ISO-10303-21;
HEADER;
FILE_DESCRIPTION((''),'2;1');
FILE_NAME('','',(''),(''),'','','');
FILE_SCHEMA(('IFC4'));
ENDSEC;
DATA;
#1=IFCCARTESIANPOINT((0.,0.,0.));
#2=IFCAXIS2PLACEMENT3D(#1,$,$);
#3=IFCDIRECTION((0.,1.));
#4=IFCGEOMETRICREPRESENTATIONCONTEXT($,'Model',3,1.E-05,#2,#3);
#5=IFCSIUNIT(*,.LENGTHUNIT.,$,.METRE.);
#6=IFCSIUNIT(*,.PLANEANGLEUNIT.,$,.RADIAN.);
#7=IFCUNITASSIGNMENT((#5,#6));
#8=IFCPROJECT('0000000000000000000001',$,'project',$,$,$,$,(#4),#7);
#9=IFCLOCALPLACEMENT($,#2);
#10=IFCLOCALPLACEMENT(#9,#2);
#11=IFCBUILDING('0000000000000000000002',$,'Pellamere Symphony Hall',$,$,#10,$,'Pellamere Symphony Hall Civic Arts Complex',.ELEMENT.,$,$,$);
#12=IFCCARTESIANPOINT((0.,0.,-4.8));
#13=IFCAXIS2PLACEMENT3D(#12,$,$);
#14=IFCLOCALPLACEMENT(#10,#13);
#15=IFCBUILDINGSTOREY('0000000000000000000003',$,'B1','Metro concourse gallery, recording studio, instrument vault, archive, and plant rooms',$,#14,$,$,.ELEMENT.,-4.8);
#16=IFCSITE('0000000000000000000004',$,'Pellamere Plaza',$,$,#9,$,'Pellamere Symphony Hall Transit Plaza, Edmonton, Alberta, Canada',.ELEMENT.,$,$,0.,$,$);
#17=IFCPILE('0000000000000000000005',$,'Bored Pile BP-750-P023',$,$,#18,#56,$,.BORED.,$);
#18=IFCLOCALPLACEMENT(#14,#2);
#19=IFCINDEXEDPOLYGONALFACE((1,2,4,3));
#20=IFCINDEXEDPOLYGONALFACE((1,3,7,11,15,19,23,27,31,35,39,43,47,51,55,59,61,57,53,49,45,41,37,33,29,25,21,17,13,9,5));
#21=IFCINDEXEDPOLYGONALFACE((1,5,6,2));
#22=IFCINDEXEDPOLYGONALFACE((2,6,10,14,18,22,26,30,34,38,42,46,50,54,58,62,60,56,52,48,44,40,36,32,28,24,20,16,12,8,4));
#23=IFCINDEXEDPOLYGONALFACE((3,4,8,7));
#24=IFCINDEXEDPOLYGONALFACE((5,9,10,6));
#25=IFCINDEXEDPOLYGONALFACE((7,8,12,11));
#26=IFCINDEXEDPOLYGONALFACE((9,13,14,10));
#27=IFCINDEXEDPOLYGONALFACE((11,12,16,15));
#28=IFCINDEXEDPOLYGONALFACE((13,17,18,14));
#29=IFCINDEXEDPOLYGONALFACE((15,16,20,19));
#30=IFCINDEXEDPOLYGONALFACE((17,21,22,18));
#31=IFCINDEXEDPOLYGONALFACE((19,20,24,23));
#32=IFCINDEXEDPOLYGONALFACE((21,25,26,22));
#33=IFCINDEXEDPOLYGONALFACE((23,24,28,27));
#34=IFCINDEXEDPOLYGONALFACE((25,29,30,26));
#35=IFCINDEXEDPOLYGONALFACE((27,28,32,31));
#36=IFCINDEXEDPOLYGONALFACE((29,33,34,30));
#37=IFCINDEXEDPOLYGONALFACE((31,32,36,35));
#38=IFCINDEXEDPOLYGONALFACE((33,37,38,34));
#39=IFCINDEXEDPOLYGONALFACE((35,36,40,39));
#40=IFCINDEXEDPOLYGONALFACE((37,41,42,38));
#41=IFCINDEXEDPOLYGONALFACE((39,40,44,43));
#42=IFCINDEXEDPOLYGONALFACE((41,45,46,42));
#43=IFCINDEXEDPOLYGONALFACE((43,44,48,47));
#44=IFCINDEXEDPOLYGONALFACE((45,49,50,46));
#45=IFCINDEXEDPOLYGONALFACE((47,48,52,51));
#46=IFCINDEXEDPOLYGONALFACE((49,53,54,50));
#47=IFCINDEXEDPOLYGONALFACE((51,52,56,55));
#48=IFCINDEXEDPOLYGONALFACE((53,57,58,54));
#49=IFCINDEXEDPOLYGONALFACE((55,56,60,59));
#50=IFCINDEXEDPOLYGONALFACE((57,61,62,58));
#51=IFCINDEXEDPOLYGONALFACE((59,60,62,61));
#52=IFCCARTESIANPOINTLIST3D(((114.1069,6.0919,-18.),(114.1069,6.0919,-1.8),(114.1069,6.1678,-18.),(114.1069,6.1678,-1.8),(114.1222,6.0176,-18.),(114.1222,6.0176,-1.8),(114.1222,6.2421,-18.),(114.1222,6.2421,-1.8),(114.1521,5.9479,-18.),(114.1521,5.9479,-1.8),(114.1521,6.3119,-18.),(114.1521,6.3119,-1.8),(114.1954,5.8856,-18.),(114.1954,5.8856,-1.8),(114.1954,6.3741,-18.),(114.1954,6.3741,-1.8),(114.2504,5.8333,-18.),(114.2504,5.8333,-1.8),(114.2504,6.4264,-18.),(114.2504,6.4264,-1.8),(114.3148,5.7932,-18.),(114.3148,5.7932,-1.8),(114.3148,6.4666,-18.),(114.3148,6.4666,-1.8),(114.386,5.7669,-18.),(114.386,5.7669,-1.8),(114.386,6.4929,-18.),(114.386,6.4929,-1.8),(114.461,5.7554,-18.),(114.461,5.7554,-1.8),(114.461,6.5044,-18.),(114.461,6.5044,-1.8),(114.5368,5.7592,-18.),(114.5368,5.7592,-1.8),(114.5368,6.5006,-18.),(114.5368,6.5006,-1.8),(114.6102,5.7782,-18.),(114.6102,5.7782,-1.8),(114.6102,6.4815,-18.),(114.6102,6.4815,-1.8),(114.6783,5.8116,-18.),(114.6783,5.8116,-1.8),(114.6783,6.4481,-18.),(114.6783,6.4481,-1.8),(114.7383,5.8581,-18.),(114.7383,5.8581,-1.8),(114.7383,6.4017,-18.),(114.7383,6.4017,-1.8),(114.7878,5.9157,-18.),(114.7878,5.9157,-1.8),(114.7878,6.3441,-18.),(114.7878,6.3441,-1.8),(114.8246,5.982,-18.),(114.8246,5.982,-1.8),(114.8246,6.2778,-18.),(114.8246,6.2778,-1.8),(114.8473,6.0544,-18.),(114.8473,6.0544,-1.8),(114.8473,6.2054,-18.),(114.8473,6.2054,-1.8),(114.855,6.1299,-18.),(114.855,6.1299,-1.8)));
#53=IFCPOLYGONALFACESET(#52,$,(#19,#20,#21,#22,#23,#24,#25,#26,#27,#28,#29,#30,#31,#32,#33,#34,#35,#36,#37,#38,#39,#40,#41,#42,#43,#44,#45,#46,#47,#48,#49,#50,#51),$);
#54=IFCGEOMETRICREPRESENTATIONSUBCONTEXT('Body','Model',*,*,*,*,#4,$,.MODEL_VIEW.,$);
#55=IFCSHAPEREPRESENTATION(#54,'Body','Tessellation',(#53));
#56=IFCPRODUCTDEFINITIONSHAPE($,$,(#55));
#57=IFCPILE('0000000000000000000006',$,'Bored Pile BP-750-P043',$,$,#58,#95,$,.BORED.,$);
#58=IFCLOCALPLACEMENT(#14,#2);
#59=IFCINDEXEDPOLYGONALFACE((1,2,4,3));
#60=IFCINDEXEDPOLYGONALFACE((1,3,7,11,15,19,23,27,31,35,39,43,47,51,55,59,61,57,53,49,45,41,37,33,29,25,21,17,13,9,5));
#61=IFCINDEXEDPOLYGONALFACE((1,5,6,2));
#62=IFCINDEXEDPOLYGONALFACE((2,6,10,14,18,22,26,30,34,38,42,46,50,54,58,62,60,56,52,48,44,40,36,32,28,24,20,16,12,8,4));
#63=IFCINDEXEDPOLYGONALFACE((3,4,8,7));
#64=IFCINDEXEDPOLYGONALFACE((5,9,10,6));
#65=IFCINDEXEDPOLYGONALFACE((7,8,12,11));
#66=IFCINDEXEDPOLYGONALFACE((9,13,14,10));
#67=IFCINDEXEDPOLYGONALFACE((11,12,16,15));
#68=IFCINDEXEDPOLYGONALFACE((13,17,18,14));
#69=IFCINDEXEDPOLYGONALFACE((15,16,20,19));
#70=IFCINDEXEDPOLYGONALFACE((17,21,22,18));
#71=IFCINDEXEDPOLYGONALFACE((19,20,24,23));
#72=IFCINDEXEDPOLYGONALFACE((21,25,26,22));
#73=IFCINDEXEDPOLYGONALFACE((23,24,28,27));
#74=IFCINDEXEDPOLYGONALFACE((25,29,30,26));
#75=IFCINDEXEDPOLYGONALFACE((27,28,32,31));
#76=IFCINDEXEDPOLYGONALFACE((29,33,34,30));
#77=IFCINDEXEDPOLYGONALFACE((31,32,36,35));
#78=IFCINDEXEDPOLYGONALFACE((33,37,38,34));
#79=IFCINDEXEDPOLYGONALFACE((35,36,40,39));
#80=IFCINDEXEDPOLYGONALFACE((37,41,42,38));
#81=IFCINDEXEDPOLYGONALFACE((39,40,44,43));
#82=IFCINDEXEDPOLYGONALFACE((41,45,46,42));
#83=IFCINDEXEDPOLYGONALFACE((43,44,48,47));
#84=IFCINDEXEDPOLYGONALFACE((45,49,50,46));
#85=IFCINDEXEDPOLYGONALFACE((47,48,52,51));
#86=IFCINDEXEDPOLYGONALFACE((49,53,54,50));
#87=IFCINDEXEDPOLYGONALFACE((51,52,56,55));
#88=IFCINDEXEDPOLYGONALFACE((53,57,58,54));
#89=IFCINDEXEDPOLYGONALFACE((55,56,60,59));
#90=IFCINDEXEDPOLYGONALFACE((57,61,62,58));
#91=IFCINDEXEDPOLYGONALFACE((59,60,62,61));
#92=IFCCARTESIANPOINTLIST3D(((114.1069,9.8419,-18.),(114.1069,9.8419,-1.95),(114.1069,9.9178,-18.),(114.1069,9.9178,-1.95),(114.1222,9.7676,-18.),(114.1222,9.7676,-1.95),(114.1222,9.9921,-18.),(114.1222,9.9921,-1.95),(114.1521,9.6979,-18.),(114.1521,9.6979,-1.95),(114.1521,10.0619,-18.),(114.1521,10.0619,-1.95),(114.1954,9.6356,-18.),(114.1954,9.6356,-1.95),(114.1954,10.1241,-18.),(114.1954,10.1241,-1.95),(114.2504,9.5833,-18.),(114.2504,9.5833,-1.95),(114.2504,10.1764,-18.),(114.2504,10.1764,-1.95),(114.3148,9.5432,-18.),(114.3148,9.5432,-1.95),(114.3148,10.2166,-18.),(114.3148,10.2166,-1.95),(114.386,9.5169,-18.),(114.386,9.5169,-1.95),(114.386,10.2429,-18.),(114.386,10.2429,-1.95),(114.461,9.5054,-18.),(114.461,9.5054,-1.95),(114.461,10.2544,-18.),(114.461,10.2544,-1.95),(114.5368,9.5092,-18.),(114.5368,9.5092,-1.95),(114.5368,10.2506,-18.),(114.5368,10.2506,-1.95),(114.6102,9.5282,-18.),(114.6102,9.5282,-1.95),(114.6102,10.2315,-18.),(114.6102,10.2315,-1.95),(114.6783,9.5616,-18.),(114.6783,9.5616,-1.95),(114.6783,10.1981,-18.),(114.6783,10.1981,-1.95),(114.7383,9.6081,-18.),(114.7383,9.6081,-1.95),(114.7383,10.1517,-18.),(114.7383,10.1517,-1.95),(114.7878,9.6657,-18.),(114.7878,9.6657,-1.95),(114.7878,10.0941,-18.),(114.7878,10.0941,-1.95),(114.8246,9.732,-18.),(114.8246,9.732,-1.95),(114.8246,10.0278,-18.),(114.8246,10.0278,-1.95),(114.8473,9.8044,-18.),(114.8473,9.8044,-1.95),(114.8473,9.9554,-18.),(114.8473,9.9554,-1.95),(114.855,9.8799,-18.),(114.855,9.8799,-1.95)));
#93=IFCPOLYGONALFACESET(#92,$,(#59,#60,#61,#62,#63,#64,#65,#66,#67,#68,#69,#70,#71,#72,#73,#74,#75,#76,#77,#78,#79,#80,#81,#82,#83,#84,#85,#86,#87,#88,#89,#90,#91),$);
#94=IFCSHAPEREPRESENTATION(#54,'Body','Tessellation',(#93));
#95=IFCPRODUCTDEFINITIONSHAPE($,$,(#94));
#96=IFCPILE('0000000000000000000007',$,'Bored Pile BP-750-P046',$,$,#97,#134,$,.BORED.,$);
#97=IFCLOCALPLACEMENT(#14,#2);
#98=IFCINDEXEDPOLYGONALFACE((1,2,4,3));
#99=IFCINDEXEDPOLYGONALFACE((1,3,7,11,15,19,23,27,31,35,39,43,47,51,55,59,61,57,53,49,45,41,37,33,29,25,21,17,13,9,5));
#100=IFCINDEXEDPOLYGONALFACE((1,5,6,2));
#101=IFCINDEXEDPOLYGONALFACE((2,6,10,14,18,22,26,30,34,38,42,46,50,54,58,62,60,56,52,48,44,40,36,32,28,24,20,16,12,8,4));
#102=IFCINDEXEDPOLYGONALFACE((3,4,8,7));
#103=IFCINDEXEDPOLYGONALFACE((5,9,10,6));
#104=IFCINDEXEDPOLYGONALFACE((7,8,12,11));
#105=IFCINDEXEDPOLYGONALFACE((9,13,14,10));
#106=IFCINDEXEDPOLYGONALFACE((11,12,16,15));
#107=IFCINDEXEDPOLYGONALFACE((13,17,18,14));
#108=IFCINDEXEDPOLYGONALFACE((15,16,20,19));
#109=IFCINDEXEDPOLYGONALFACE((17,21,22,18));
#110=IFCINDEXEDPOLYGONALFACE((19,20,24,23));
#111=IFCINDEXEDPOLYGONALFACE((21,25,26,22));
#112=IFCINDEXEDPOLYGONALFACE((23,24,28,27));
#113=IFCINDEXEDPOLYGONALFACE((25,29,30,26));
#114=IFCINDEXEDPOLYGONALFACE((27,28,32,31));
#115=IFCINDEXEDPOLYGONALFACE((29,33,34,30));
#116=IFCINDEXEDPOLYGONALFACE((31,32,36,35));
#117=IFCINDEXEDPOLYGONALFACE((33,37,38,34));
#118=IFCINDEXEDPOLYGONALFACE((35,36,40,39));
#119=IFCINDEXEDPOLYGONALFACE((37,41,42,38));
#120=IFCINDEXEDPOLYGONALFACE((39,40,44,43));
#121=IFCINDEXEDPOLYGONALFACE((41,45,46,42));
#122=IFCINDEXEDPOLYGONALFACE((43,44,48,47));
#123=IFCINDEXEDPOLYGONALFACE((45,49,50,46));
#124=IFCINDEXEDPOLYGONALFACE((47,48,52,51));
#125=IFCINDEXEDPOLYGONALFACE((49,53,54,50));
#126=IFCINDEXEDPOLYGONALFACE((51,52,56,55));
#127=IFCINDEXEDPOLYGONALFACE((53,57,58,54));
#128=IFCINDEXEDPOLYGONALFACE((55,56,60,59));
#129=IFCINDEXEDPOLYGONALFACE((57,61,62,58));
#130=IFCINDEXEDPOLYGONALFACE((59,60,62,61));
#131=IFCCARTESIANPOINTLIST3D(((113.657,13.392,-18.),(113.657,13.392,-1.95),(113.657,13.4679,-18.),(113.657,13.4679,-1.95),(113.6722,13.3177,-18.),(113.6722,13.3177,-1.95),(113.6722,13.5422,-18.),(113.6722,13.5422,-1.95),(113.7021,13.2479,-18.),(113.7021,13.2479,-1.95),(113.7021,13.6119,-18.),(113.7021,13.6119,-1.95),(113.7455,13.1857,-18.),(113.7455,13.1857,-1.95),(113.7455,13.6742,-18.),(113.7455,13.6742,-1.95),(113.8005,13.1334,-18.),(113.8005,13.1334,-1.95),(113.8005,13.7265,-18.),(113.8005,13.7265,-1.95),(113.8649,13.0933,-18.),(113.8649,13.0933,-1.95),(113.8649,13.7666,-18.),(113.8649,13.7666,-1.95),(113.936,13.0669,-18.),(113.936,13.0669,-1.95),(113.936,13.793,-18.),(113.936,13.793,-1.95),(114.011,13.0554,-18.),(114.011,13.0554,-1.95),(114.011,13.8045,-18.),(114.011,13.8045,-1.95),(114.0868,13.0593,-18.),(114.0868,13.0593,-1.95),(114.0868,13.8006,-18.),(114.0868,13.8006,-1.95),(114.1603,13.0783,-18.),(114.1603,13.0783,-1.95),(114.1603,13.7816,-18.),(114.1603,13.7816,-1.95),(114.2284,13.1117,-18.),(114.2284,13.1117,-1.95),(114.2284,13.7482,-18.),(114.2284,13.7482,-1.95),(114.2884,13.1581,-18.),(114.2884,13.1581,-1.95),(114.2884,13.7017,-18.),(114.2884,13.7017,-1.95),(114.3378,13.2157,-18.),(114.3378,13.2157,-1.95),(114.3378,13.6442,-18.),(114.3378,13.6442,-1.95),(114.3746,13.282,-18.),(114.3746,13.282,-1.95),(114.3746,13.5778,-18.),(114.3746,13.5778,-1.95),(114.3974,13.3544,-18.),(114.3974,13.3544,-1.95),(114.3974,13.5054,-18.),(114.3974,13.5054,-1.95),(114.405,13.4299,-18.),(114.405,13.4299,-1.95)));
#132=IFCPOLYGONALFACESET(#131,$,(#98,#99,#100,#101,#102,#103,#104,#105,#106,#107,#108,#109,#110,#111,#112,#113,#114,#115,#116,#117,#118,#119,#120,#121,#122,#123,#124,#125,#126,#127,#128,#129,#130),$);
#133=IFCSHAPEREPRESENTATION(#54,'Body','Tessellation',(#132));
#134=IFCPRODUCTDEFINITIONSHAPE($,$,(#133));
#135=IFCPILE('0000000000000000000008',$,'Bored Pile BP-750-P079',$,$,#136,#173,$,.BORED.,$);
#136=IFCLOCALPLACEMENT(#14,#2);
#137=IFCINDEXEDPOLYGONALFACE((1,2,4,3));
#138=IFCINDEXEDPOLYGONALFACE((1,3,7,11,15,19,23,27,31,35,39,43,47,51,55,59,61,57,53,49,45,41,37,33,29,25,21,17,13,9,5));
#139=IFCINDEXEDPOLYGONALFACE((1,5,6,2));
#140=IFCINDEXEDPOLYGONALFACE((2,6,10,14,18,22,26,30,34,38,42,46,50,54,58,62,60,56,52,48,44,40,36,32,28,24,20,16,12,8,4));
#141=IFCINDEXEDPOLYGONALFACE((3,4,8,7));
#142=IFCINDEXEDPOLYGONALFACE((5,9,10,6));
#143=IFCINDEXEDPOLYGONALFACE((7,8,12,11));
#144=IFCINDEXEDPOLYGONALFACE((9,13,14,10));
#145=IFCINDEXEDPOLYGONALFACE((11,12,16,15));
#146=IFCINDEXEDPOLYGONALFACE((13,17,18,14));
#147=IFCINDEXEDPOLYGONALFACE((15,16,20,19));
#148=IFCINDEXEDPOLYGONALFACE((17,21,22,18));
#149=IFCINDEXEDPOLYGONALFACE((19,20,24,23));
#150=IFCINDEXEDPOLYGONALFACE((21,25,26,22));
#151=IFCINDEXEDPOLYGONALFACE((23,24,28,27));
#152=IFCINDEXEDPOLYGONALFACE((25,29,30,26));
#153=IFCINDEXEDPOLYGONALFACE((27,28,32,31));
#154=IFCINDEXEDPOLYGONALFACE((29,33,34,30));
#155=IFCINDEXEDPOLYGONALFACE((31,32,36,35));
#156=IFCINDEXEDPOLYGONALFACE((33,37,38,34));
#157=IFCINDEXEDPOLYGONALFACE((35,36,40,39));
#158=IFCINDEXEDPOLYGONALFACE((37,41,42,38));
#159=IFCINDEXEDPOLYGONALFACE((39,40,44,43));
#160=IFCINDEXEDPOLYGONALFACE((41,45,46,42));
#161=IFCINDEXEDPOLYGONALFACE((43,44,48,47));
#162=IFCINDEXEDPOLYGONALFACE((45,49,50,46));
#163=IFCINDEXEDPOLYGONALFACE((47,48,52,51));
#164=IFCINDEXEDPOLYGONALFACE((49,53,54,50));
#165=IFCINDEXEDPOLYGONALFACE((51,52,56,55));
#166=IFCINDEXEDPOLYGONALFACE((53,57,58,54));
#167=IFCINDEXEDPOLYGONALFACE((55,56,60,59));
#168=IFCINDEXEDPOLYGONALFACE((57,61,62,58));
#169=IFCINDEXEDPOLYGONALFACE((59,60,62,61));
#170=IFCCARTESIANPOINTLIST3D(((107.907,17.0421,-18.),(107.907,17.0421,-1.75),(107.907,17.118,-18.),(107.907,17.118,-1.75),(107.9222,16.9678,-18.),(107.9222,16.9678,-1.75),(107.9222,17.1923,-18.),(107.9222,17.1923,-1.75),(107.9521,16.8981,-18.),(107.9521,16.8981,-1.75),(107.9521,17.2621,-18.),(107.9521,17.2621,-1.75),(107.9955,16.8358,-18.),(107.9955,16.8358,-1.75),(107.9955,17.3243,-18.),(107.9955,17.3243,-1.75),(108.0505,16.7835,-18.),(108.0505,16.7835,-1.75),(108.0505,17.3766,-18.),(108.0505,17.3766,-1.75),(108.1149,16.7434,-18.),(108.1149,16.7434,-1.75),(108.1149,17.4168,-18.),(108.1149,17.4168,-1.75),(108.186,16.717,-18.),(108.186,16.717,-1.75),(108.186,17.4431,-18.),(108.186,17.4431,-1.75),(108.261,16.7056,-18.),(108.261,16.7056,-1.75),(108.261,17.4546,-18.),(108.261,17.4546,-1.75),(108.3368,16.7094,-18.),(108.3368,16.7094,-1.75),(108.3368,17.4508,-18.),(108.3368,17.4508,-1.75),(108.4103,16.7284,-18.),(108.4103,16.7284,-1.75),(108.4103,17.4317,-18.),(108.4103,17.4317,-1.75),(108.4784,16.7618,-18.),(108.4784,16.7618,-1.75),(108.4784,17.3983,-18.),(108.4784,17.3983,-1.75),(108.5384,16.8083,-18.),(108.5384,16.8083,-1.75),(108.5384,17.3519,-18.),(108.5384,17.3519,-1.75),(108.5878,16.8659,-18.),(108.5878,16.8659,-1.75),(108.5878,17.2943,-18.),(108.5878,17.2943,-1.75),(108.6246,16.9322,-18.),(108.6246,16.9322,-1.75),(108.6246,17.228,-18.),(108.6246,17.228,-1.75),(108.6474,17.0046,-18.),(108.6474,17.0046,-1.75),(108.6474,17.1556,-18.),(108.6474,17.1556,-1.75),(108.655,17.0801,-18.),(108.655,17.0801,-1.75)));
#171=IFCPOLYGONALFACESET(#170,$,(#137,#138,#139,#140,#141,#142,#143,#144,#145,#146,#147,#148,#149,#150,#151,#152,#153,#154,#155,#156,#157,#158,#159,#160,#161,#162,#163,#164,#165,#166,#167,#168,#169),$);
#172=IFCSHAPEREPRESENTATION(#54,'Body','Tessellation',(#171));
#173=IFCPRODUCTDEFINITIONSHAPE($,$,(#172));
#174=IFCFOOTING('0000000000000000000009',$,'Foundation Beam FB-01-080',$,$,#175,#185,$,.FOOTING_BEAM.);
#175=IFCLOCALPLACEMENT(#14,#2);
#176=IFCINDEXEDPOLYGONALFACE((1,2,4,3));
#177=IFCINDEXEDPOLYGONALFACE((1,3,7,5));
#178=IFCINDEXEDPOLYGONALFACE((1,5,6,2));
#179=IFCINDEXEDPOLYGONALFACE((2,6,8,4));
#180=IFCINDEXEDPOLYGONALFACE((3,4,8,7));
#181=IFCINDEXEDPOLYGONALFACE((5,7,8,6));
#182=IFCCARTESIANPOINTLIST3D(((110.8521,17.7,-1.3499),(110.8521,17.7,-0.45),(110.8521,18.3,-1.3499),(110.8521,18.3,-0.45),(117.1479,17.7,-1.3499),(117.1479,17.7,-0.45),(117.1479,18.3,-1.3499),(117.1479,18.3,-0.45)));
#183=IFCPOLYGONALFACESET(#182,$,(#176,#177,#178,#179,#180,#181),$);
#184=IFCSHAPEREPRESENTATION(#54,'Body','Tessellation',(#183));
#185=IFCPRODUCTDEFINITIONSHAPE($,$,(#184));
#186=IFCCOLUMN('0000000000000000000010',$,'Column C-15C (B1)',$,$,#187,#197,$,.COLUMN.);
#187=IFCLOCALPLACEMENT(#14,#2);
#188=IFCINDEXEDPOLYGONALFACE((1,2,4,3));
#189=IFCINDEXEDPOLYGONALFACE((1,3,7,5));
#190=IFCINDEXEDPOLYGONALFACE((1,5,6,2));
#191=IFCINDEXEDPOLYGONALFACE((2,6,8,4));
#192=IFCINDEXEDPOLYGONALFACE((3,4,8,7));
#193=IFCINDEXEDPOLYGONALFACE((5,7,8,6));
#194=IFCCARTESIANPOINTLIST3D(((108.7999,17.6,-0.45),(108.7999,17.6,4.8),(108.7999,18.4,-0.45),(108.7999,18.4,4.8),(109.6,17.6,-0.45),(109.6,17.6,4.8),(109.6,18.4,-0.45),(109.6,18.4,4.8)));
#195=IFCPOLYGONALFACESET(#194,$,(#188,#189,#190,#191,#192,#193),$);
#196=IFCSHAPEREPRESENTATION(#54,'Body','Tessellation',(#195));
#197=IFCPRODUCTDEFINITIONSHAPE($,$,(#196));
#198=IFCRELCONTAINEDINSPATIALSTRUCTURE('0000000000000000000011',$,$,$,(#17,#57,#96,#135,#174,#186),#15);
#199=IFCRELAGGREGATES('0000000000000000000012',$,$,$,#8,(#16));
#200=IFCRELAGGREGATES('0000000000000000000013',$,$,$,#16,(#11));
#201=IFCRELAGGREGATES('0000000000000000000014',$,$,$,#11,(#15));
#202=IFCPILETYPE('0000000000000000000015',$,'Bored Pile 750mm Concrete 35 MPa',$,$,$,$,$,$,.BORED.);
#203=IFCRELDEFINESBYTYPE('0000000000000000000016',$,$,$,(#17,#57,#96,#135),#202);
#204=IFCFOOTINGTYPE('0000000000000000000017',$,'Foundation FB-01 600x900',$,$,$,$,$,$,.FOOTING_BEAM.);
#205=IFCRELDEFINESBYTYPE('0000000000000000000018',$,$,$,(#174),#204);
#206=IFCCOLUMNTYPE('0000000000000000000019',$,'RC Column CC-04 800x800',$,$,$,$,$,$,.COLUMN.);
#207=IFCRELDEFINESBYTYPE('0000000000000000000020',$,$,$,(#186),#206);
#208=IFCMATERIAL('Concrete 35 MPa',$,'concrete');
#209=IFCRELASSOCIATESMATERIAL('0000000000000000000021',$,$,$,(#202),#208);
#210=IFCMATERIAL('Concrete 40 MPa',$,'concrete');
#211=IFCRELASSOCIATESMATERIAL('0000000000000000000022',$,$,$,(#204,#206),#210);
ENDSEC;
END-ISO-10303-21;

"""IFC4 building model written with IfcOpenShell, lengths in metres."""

from ifc_helpers import new_model, si_unit, direction, frame, origin, origin_2d, place, context, subcontext, project, spatial, rectangle, circle, extrude, material, material_profile, profile_set, type_object, element, save


model = new_model("IFC4")

# Units and contexts
model_context = context("Model", 3, precision=1e-05, world=origin(), true_north=direction((0.0, 1.0)))
body_context = subcontext(model_context, "Body", "Model", "MODEL_VIEW")
ifc_project = project(units=[si_unit("LENGTHUNIT", "METRE"), si_unit("PLANEANGLEUNIT", "RADIAN")], contexts=[model_context])

# Site, building, storey
site_placement = place(None, origin())
site = spatial("IfcSite", under=ifc_project, at=site_placement, Name="Pellamere Plaza", LongName="Pellamere Symphony Hall Transit Plaza, Edmonton, Alberta, Canada", CompositionType="ELEMENT", RefElevation=0.0)
building_placement = place(site_placement, origin())
building = spatial("IfcBuilding", under=site, at=building_placement, Name="Pellamere Symphony Hall", LongName="Pellamere Symphony Hall Civic Arts Complex", CompositionType="ELEMENT")
storey_placement = place(building_placement, frame((0.0, 0.0, -4.8)))
storey = spatial("IfcBuildingStorey", under=building, at=storey_placement, Name="B1", Description="Metro concourse gallery, recording studio, instrument vault, archive, and plant rooms", CompositionType="ELEMENT", Elevation=-4.8)

# Piles
ifc_material_1 = material(Name="Concrete 35 MPa", Category="concrete")
ifc_material_profile_1 = material_profile(ifc_material_1, circle(Radius=0.375, at=origin_2d()), Name="PILE D750")
ifc_profile_set_1 = profile_set([ifc_material_profile_1], Name="Concrete 35 MPa")
pile_type = type_object("IfcPileType", Name="Bored Pile 750mm Concrete 35 MPa", PredefinedType="BORED", material=ifc_profile_set_1)
pile_1_placement = place(storey_placement, frame((114.48, 6.1299, -1.8), z_axis=(0.0, 0.0, -1.0), x_axis=(1.0, 0.0, 0.0)))
element("IfcPile", 1, at=pile_1_placement, inside=storey, type_object=pile_type, Name="Bored Pile BP-750-P023", PredefinedType="BORED", context=body_context, shape_type="SweptSolid", body=[
    extrude(circle(Radius=0.375, at=origin_2d()), origin(), (0.0, 0.0, 1.0), 16.2),
])
for number, where, z_axis, x_axis, name in (
    (2, (114.48, 9.8799, -1.95), (0.0, 0.0, -1.0), (1.0, 0.0, 0.0), "Bored Pile BP-750-P043"),
    (3, (114.03, 13.4299, -1.95), (0.0, 0.0, -1.0), (1.0, 0.0, 0.0), "Bored Pile BP-750-P046"),
):
    element("IfcPile", number, at=place(storey_placement, frame(where, z_axis=z_axis, x_axis=x_axis)), inside=storey, type_object=pile_type, Name=name, PredefinedType="BORED", context=body_context, shape_type="SweptSolid", body=[
        extrude(circle(Radius=0.375, at=origin_2d()), origin(), (0.0, 0.0, 1.0), 16.05),
    ])
pile_2_placement = place(storey_placement, frame((108.28, 17.0801, -1.75), z_axis=(0.0, 0.0, -1.0), x_axis=(1.0, 0.0, 0.0)))
element("IfcPile", 4, at=pile_2_placement, inside=storey, type_object=pile_type, Name="Bored Pile BP-750-P079", PredefinedType="BORED", context=body_context, shape_type="SweptSolid", body=[
    extrude(circle(Radius=0.375, at=origin_2d()), origin(), (0.0, 0.0, 1.0), 16.25),
])

# Footing
ifc_material_2 = material(Name="Concrete 40 MPa", Category="concrete")
ifc_material_profile_2 = material_profile(ifc_material_2, rectangle(XDim=0.6001, YDim=0.8999, at=origin_2d()), Name="RC 600x900")
ifc_profile_set_2 = profile_set([ifc_material_profile_2], Name="Concrete 40 MPa")
footing_type = type_object("IfcFootingType", Name="Foundation FB-01 600x900", PredefinedType="FOOTING_BEAM", material=ifc_profile_set_2)
footing_placement = place(storey_placement, frame((110.8521, 18.0, -0.8999), z_axis=(1.0, 0.0, 0.0), x_axis=(0.0, 1.0, 0.0)))
element("IfcFooting", 5, at=footing_placement, inside=storey, type_object=footing_type, Name="Foundation Beam FB-01-080", PredefinedType="FOOTING_BEAM", context=body_context, shape_type="SweptSolid", body=[
    extrude(rectangle(XDim=0.6001, YDim=0.8999, at=origin_2d()), origin(), (0.0, 0.0, 1.0), 6.2959),
])

# Column
ifc_material_profile_3 = material_profile(ifc_material_2, rectangle(XDim=0.8, YDim=0.8, at=origin_2d()), Name="RC 800x800")
ifc_profile_set_3 = profile_set([ifc_material_profile_3], Name="Concrete 40 MPa")
column_type_1 = type_object("IfcColumnType", Name="RC Column CC-04 800x800", PredefinedType="COLUMN", material=ifc_profile_set_3)
column_placement = place(storey_placement, frame((109.2, 18.0, -0.45), z_axis=(0.0, 0.0, 1.0), x_axis=(1.0, 0.0, 0.0)))
element("IfcColumn", 6, at=column_placement, inside=storey, type_object=column_type_1, Name="Column C-15C (B1)", PredefinedType="COLUMN", context=body_context, shape_type="SweptSolid", body=[
    extrude(rectangle(XDim=0.8, YDim=0.8, at=origin_2d()), origin(), (0.0, 0.0, 1.0), 5.25),
])

save(model, "model.ifc")
